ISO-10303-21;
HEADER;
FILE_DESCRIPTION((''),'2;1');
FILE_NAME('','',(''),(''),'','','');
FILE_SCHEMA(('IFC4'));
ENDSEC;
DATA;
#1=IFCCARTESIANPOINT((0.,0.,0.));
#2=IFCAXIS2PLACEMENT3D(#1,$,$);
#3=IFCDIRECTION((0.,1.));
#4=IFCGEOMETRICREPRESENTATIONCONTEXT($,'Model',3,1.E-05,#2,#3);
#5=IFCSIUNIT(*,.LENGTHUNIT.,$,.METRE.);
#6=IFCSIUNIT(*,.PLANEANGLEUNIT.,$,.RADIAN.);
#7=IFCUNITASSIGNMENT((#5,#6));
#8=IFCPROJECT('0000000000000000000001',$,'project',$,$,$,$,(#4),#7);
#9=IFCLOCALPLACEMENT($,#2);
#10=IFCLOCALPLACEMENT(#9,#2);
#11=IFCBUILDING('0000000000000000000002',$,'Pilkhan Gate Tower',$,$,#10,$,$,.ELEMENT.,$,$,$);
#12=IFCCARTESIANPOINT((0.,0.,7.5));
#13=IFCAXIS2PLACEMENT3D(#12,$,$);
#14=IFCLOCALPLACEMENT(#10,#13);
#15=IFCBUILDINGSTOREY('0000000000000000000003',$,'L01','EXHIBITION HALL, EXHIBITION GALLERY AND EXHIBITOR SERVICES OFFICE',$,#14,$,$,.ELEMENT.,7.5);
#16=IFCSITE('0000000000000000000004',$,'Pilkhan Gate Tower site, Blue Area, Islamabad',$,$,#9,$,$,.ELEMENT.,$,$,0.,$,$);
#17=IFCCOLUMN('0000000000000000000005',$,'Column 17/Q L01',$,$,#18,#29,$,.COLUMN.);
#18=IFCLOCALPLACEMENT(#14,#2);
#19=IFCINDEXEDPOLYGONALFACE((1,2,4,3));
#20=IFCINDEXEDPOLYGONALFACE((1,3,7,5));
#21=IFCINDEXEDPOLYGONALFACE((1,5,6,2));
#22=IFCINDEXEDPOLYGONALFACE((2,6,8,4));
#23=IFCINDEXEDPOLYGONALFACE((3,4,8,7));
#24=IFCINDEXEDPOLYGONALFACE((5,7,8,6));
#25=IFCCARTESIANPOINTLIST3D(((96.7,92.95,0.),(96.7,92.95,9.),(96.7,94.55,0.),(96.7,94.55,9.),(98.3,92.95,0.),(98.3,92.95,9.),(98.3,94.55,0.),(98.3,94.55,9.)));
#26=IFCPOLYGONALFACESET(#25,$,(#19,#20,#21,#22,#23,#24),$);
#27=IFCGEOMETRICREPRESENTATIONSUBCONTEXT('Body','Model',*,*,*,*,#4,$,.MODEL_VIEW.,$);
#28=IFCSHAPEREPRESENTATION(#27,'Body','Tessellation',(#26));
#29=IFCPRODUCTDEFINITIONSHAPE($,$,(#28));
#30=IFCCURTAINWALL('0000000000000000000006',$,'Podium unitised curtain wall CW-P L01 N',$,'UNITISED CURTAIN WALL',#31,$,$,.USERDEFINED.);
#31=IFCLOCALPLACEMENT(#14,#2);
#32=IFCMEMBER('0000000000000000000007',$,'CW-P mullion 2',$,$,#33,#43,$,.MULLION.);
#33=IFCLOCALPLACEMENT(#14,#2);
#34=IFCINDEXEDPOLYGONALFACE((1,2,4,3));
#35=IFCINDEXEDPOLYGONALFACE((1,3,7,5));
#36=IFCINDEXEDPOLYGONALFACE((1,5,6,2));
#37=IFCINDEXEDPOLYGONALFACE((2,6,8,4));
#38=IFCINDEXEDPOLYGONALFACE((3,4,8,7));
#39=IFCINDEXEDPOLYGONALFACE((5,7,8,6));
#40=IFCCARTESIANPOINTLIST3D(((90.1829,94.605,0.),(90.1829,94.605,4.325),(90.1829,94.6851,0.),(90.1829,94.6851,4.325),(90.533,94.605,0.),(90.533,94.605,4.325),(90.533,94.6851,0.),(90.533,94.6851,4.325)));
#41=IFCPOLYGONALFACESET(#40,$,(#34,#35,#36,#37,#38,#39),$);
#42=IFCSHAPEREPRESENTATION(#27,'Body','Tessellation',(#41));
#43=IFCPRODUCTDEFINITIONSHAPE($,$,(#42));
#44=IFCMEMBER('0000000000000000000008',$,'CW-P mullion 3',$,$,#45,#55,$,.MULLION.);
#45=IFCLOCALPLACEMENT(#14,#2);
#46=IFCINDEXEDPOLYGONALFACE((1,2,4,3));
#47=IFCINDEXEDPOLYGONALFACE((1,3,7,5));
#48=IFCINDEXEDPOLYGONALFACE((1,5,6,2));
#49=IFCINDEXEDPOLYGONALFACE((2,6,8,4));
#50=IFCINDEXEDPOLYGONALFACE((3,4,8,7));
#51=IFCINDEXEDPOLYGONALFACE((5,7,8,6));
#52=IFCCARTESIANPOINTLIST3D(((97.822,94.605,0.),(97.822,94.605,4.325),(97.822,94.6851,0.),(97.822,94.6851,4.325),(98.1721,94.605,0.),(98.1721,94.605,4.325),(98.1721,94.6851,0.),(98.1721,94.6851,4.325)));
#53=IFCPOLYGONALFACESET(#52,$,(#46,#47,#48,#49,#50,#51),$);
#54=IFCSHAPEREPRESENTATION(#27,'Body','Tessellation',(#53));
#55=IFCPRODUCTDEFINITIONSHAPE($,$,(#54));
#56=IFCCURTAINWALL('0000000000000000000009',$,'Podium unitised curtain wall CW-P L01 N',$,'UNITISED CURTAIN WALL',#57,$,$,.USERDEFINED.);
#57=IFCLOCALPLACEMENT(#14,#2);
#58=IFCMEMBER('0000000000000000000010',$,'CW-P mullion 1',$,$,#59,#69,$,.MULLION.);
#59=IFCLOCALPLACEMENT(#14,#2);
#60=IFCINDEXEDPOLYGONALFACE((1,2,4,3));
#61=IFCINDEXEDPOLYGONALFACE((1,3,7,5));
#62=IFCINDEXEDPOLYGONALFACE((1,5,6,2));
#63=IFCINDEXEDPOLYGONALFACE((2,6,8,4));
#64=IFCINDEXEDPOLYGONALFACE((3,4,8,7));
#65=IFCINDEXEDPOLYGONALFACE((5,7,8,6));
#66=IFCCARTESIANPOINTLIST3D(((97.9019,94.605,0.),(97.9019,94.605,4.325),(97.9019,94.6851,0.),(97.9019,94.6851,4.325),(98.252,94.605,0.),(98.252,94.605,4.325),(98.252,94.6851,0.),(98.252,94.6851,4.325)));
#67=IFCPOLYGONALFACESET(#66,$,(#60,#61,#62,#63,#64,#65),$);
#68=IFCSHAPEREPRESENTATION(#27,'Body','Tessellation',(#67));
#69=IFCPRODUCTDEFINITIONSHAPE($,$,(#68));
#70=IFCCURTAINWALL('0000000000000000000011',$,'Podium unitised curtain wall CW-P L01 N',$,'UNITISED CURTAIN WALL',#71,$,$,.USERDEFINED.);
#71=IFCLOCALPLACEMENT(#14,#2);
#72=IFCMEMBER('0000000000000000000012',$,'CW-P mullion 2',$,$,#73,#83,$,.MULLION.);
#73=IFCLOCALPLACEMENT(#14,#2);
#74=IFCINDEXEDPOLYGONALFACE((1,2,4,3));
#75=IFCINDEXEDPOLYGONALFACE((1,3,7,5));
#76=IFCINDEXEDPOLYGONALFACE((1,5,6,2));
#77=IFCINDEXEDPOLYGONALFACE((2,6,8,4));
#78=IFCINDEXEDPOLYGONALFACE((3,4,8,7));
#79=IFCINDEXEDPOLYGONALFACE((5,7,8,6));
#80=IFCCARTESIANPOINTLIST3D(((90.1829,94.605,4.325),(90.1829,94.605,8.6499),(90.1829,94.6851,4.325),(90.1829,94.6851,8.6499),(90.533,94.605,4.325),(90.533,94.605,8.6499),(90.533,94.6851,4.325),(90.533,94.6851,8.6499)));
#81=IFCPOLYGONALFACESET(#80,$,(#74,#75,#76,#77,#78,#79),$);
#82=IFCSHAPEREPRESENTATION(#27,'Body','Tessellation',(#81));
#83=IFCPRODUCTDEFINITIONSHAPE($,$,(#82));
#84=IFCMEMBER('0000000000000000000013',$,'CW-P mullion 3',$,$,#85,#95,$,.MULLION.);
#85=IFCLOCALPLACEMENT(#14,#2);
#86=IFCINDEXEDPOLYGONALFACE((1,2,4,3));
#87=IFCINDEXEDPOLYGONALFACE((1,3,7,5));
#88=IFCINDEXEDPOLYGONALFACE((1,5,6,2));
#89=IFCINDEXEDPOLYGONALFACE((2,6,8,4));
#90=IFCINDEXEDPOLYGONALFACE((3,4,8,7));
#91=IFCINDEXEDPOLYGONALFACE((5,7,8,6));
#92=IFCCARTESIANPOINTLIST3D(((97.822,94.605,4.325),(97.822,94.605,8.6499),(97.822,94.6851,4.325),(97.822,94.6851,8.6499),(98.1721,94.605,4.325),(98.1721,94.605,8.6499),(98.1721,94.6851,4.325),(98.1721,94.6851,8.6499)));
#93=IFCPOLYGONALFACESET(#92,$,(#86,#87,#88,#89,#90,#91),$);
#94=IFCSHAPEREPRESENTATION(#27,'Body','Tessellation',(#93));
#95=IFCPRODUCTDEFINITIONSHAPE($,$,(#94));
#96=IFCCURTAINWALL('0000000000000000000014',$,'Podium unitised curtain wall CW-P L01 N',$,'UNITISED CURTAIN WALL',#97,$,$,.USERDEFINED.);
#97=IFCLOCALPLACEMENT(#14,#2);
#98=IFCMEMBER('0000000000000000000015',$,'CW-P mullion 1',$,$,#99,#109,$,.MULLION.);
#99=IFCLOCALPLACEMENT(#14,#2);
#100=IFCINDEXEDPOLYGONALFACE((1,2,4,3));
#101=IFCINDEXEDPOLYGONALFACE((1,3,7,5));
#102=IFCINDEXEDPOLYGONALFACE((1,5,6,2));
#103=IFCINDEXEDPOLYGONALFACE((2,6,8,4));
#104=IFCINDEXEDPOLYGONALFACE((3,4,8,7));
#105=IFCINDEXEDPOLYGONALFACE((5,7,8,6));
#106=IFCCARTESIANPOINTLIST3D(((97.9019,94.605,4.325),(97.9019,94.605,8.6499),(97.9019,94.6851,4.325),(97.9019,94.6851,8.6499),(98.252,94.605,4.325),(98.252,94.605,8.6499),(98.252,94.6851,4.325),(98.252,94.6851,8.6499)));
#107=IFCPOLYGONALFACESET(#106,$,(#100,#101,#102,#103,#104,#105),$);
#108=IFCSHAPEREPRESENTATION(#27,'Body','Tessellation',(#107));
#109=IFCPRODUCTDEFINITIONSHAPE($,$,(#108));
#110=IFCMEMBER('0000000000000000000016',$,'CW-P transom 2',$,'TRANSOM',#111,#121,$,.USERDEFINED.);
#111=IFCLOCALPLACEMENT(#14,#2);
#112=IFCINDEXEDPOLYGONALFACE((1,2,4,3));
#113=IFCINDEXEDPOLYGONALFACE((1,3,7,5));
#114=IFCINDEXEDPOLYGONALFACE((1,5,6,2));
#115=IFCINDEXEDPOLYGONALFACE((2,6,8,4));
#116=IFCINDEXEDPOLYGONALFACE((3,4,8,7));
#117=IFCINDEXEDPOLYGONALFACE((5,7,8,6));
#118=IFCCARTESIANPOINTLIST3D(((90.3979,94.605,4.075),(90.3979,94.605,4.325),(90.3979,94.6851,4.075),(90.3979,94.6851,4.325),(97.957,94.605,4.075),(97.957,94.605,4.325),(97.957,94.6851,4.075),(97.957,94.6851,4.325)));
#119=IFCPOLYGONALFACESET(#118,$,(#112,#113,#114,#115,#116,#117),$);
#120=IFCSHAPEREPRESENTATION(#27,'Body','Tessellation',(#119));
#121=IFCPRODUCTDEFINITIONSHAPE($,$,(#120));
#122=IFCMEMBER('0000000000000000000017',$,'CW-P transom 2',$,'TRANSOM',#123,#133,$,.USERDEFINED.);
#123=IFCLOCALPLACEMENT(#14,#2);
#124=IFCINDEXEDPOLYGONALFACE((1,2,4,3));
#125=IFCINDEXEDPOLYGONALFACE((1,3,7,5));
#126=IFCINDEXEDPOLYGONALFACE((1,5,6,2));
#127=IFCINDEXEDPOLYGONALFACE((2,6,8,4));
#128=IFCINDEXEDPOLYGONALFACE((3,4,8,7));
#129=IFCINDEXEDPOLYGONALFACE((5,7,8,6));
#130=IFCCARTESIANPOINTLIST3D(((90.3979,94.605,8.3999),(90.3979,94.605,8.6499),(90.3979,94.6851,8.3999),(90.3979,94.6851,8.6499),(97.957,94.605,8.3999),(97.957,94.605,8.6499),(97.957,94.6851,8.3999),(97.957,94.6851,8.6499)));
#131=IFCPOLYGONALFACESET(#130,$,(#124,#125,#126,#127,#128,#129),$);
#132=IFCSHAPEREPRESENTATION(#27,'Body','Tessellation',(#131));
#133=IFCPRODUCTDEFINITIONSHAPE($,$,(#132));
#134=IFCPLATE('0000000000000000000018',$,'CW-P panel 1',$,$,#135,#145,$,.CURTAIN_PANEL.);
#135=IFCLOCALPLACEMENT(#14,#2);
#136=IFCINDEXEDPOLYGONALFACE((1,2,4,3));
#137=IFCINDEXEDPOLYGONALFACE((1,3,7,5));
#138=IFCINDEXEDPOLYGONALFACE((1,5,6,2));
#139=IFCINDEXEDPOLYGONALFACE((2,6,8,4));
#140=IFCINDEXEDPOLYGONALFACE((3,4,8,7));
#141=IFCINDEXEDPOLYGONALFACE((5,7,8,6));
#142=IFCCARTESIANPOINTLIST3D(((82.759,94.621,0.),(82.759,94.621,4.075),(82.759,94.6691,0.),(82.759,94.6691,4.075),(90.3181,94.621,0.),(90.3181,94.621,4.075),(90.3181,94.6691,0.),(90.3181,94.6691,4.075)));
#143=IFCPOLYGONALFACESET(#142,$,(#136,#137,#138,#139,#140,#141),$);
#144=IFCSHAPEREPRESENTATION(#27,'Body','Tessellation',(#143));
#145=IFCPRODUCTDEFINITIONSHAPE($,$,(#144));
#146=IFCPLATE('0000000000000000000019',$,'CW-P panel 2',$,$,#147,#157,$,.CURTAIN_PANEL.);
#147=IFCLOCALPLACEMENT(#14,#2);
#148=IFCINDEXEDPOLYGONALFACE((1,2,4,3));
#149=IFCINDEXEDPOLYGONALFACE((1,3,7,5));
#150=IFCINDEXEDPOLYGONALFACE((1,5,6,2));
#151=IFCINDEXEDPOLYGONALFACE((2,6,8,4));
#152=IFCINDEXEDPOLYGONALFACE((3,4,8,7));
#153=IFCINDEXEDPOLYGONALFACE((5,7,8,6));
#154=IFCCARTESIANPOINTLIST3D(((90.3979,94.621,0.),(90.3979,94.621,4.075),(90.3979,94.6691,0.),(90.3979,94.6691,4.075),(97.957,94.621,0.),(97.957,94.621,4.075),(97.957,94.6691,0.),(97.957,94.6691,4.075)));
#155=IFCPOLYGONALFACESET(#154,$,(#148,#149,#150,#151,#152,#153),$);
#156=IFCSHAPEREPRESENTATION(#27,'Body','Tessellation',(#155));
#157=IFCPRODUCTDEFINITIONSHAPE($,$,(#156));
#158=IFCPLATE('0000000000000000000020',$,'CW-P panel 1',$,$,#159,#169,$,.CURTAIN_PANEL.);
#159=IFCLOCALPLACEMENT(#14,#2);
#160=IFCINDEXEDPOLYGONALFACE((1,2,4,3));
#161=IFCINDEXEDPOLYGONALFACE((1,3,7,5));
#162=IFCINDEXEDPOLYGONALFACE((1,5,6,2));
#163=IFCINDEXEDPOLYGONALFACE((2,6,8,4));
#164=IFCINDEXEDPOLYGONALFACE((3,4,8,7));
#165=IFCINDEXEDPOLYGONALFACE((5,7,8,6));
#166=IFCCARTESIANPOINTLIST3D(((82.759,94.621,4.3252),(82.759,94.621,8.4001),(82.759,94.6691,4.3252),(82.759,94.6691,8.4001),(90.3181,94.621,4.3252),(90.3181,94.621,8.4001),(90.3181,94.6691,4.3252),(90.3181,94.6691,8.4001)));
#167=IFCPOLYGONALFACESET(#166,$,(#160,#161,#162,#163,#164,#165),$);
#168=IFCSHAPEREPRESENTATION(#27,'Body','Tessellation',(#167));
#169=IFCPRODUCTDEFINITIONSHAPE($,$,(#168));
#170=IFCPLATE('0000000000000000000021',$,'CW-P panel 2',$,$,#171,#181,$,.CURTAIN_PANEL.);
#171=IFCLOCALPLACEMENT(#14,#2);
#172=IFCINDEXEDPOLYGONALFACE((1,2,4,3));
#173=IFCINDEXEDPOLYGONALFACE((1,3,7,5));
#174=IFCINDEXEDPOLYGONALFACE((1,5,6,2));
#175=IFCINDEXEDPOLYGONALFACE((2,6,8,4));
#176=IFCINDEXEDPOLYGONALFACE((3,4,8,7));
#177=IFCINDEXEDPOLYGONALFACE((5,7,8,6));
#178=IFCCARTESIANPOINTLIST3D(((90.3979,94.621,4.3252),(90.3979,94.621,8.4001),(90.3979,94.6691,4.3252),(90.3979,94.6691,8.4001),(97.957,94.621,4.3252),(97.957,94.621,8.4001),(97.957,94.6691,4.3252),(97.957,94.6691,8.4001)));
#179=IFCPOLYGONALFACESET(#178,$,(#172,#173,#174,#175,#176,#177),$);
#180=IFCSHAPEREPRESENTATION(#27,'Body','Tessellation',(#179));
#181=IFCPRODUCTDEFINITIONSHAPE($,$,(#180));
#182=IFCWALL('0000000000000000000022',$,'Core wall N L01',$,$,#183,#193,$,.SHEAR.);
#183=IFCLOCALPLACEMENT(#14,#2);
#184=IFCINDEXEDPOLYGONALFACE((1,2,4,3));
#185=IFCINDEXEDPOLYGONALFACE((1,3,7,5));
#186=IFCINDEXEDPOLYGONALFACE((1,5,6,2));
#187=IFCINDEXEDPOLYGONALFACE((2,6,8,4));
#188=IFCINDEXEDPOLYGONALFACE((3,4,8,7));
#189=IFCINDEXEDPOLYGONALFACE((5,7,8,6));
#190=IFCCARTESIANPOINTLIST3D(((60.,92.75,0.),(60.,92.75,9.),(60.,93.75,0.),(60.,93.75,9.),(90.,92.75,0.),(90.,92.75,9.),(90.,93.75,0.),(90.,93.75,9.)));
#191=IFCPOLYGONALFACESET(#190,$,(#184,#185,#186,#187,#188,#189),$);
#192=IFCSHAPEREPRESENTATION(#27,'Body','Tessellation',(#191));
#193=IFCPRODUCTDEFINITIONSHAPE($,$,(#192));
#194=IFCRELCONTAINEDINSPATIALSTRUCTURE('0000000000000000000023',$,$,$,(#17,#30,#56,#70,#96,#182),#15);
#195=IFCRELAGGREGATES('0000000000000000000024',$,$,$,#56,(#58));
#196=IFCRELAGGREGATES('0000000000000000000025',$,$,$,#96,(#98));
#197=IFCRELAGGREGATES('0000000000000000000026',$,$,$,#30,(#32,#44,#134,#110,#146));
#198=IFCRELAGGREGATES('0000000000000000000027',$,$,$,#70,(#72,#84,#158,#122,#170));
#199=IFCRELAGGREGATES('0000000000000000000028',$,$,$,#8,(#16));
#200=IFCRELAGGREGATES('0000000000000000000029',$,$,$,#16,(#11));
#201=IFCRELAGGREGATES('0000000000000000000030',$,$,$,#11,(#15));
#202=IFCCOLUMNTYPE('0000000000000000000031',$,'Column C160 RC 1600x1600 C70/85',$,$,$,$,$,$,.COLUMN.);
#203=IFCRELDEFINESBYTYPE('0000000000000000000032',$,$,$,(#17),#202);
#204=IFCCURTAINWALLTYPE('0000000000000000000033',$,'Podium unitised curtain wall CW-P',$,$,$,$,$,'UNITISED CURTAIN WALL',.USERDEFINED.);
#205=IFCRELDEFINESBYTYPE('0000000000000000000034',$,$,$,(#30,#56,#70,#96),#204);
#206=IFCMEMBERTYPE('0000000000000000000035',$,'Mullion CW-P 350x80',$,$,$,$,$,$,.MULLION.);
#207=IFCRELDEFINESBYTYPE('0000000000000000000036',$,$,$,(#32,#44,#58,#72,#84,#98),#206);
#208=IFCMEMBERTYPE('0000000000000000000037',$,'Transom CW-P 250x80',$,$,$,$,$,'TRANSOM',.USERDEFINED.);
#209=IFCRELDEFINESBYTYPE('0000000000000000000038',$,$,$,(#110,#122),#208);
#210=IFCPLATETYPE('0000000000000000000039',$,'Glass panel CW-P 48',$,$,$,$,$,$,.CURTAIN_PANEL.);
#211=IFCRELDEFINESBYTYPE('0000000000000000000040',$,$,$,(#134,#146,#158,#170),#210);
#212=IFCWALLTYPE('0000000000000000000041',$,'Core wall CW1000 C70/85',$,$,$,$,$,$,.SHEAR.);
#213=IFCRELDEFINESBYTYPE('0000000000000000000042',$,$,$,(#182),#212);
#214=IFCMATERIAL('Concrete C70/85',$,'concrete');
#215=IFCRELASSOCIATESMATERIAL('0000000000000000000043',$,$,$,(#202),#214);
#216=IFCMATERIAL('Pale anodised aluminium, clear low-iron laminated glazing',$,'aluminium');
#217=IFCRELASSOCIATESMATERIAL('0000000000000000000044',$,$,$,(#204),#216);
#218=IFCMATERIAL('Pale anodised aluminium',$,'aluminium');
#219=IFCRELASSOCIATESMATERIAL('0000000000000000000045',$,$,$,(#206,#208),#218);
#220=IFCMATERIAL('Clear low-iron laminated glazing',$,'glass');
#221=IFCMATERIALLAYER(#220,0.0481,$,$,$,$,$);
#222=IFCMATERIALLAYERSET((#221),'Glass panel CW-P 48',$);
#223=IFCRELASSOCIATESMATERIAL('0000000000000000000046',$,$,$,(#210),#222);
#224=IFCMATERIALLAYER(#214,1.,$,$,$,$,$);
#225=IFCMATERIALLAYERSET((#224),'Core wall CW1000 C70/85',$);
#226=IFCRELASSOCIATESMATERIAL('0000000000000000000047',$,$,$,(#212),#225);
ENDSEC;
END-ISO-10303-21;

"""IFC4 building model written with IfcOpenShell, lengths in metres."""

from ifc_helpers import new_model, si_unit, direction, frame, frame_2d, origin, origin_2d, place, context, subcontext, project, spatial, rectangle, extrude, material, layer, layer_set, material_profile, profile_set, type_object, element, aggregate, save


model = new_model("IFC4")

# Units and contexts
model_context = context("Model", 3, precision=1e-05, world=origin(), true_north=direction((0.0, 1.0)))
body_context = subcontext(model_context, "Body", "Model", "MODEL_VIEW")
ifc_project = project(units=[si_unit("LENGTHUNIT", "METRE"), si_unit("PLANEANGLEUNIT", "RADIAN")], contexts=[model_context])

# Site, building, storey
site_placement = place(None, origin())
site = spatial("IfcSite", under=ifc_project, at=site_placement, Name="Pilkhan Gate Tower site, Blue Area, Islamabad", CompositionType="ELEMENT", RefElevation=0.0)
building_placement = place(site_placement, origin())
building = spatial("IfcBuilding", under=site, at=building_placement, Name="Pilkhan Gate Tower", CompositionType="ELEMENT")
storey_placement = place(building_placement, frame((0.0, 0.0, 7.5)))
storey = spatial("IfcBuildingStorey", under=building, at=storey_placement, Name="L01", Description="EXHIBITION HALL, EXHIBITION GALLERY AND EXHIBITOR SERVICES OFFICE", CompositionType="ELEMENT", Elevation=7.5)

# Column
ifc_material_1 = material(Name="Concrete C70/85", Category="concrete")
ifc_material_profile_1 = material_profile(ifc_material_1, rectangle(XDim=1.6001, YDim=1.6001, at=origin_2d()), Name="RC 1600x1600")
ifc_profile_set_1 = profile_set([ifc_material_profile_1], Name="Concrete C70/85")
column_type = type_object("IfcColumnType", Name="Column C160 RC 1600x1600 C70/85", PredefinedType="COLUMN", material=ifc_profile_set_1)
column_placement = place(storey_placement, frame((97.5, 93.75, 0.0), z_axis=(0.0, 0.0, 1.0), x_axis=(1.0, 0.0, 0.0)))
element("IfcColumn", 1, at=column_placement, inside=storey, type_object=column_type, Name="Column 17/Q L01", PredefinedType="COLUMN", context=body_context, shape_type="SweptSolid", body=[
    extrude(rectangle(XDim=1.6001, YDim=1.6001, at=origin_2d()), origin(), (0.0, 0.0, 1.0), 9.0),
])

# Curtain wall, members
ifc_material_2 = material(Name="Pale anodised aluminium, clear low-iron laminated glazing", Category="aluminium")
curtain_wall_type = type_object("IfcCurtainWallType", Name="Podium unitised curtain wall CW-P", ElementType="UNITISED CURTAIN WALL", PredefinedType="USERDEFINED", material=ifc_material_2)
curtain_wall_1_placement = place(storey_placement, origin())
curtain_wall_1 = element("IfcCurtainWall", 2, at=curtain_wall_1_placement, inside=storey, type_object=curtain_wall_type, Name="Podium unitised curtain wall CW-P L01 N", ObjectType="UNITISED CURTAIN WALL", PredefinedType="USERDEFINED")
ifc_material_3 = material(Name="Pale anodised aluminium", Category="aluminium")
ifc_material_profile_2 = material_profile(ifc_material_3, rectangle(XDim=0.0801, YDim=0.3501, at=origin_2d()), Name="Mullion 350x80")
ifc_profile_set_2 = profile_set([ifc_material_profile_2], Name="Pale anodised aluminium")
member_type_1 = type_object("IfcMemberType", Name="Mullion CW-P 350x80", PredefinedType="MULLION", material=ifc_profile_set_2)
member_1_placement = place(storey_placement, frame((90.3579, 94.645, 0.0), z_axis=(0.0, 0.0, 1.0), x_axis=(0.0, 1.0, 0.0)))
member_1 = element("IfcMember", 3, at=member_1_placement, type_object=member_type_1, Name="CW-P mullion 2", PredefinedType="MULLION", context=body_context, shape_type="SweptSolid", body=[
    extrude(rectangle(XDim=0.0801, YDim=0.3501, at=origin_2d()), origin(), (0.0, 0.0, 1.0), 4.325),
])
member_2_placement = place(storey_placement, frame((97.9971, 94.645, 0.0), z_axis=(0.0, 0.0, 1.0), x_axis=(0.0, 1.0, 0.0)))
member_2 = element("IfcMember", 4, at=member_2_placement, type_object=member_type_1, Name="CW-P mullion 3", PredefinedType="MULLION", context=body_context, shape_type="SweptSolid", body=[
    extrude(rectangle(XDim=0.0801, YDim=0.3501, at=origin_2d()), origin(), (0.0, 0.0, 1.0), 4.325),
])

# Curtain wall, member
curtain_wall_2_placement = place(storey_placement, origin())
curtain_wall_2 = element("IfcCurtainWall", 5, at=curtain_wall_2_placement, inside=storey, type_object=curtain_wall_type, Name="Podium unitised curtain wall CW-P L01 N", ObjectType="UNITISED CURTAIN WALL", PredefinedType="USERDEFINED")
member_3_placement = place(storey_placement, frame((98.0769, 94.645, 0.0), z_axis=(0.0, 0.0, 1.0), x_axis=(0.0, 1.0, 0.0)))
member_3 = element("IfcMember", 6, at=member_3_placement, type_object=member_type_1, Name="CW-P mullion 1", PredefinedType="MULLION", context=body_context, shape_type="SweptSolid", body=[
    extrude(rectangle(XDim=0.0801, YDim=0.3501, at=origin_2d()), origin(), (0.0, 0.0, 1.0), 4.325),
])
aggregate(curtain_wall_2, [member_3])

# Curtain wall, members
curtain_wall_3_placement = place(storey_placement, origin())
curtain_wall_3 = element("IfcCurtainWall", 7, at=curtain_wall_3_placement, inside=storey, type_object=curtain_wall_type, Name="Podium unitised curtain wall CW-P L01 N", ObjectType="UNITISED CURTAIN WALL", PredefinedType="USERDEFINED")
member_4_placement = place(storey_placement, frame((90.3579, 94.645, 4.325), z_axis=(0.0, 0.0, 1.0), x_axis=(0.0, 1.0, 0.0)))
member_4 = element("IfcMember", 8, at=member_4_placement, type_object=member_type_1, Name="CW-P mullion 2", PredefinedType="MULLION", context=body_context, shape_type="SweptSolid", body=[
    extrude(rectangle(XDim=0.0801, YDim=0.3501, at=origin_2d()), origin(), (0.0, 0.0, 1.0), 4.325),
])
member_5_placement = place(storey_placement, frame((97.9971, 94.645, 4.325), z_axis=(0.0, 0.0, 1.0), x_axis=(0.0, 1.0, 0.0)))
member_5 = element("IfcMember", 9, at=member_5_placement, type_object=member_type_1, Name="CW-P mullion 3", PredefinedType="MULLION", context=body_context, shape_type="SweptSolid", body=[
    extrude(rectangle(XDim=0.0801, YDim=0.3501, at=origin_2d()), origin(), (0.0, 0.0, 1.0), 4.325),
])

# Curtain wall, member
curtain_wall_4_placement = place(storey_placement, origin())
curtain_wall_4 = element("IfcCurtainWall", 10, at=curtain_wall_4_placement, inside=storey, type_object=curtain_wall_type, Name="Podium unitised curtain wall CW-P L01 N", ObjectType="UNITISED CURTAIN WALL", PredefinedType="USERDEFINED")
member_6_placement = place(storey_placement, frame((98.0769, 94.645, 4.325), z_axis=(0.0, 0.0, 1.0), x_axis=(0.0, 1.0, 0.0)))
member_6 = element("IfcMember", 11, at=member_6_placement, type_object=member_type_1, Name="CW-P mullion 1", PredefinedType="MULLION", context=body_context, shape_type="SweptSolid", body=[
    extrude(rectangle(XDim=0.0801, YDim=0.3501, at=origin_2d()), origin(), (0.0, 0.0, 1.0), 4.325),
])
aggregate(curtain_wall_4, [member_6])

# Members
ifc_material_profile_3 = material_profile(ifc_material_3, rectangle(XDim=0.0801, YDim=0.25, at=origin_2d()), Name="Transom 250x80")
ifc_profile_set_3 = profile_set([ifc_material_profile_3], Name="Pale anodised aluminium")
member_type_2 = type_object("IfcMemberType", Name="Transom CW-P 250x80", ElementType="TRANSOM", PredefinedType="USERDEFINED", material=ifc_profile_set_3)
member_7_placement = place(storey_placement, frame((90.3979, 94.645, 4.2), z_axis=(1.0, 0.0, 0.0), x_axis=(0.0, 1.0, 0.0)))
member_7 = element("IfcMember", 12, at=member_7_placement, type_object=member_type_2, Name="CW-P transom 2", ObjectType="TRANSOM", PredefinedType="USERDEFINED", context=body_context, shape_type="SweptSolid", body=[
    extrude(rectangle(XDim=0.0801, YDim=0.25, at=origin_2d()), origin(), (0.0, 0.0, 1.0), 7.5591),
])
member_8_placement = place(storey_placement, frame((90.3979, 94.645, 8.5249), z_axis=(1.0, 0.0, 0.0), x_axis=(0.0, 1.0, 0.0)))
member_8 = element("IfcMember", 13, at=member_8_placement, type_object=member_type_2, Name="CW-P transom 2", ObjectType="TRANSOM", PredefinedType="USERDEFINED", context=body_context, shape_type="SweptSolid", body=[
    extrude(rectangle(XDim=0.0801, YDim=0.25, at=origin_2d()), origin(), (0.0, 0.0, 1.0), 7.5591),
])

# Plates
ifc_material_4 = material(Name="Clear low-iron laminated glazing", Category="glass")
ifc_layer_1 = layer(ifc_material_4, 0.0481)
ifc_layer_set_1 = layer_set([ifc_layer_1], Name="Glass panel CW-P 48")
plate_type = type_object("IfcPlateType", Name="Glass panel CW-P 48", PredefinedType="CURTAIN_PANEL", material=ifc_layer_set_1)
plate_1_placement = place(storey_placement, frame((86.5386, 94.645, 0.0), z_axis=(0.0, 0.0, 1.0), x_axis=(1.0, 0.0, 0.0)))
plate_1 = element("IfcPlate", 14, at=plate_1_placement, type_object=plate_type, Name="CW-P panel 1", PredefinedType="CURTAIN_PANEL", context=body_context, shape_type="SweptSolid", body=[
    extrude(rectangle(XDim=7.5591, YDim=0.0481, at=origin_2d()), origin(), (0.0, 0.0, 1.0), 4.075),
])
plate_2_placement = place(storey_placement, frame((94.1775, 94.645, 0.0), z_axis=(0.0, 0.0, 1.0), x_axis=(1.0, 0.0, 0.0)))
plate_2 = element("IfcPlate", 15, at=plate_2_placement, type_object=plate_type, Name="CW-P panel 2", PredefinedType="CURTAIN_PANEL", context=body_context, shape_type="SweptSolid", body=[
    extrude(rectangle(XDim=7.5591, YDim=0.0481, at=origin_2d()), origin(), (0.0, 0.0, 1.0), 4.075),
])
aggregate(curtain_wall_1, [member_1, member_2, plate_1, member_7, plate_2])
plate_3_placement = place(storey_placement, frame((86.5386, 94.645, 4.3252), z_axis=(0.0, 0.0, 1.0), x_axis=(1.0, 0.0, 0.0)))
plate_3 = element("IfcPlate", 16, at=plate_3_placement, type_object=plate_type, Name="CW-P panel 1", PredefinedType="CURTAIN_PANEL", context=body_context, shape_type="SweptSolid", body=[
    extrude(rectangle(XDim=7.5591, YDim=0.0481, at=origin_2d()), origin(), (0.0, 0.0, 1.0), 4.075),
])
plate_4_placement = place(storey_placement, frame((94.1775, 94.645, 4.3252), z_axis=(0.0, 0.0, 1.0), x_axis=(1.0, 0.0, 0.0)))
plate_4 = element("IfcPlate", 17, at=plate_4_placement, type_object=plate_type, Name="CW-P panel 2", PredefinedType="CURTAIN_PANEL", context=body_context, shape_type="SweptSolid", body=[
    extrude(rectangle(XDim=7.5591, YDim=0.0481, at=origin_2d()), origin(), (0.0, 0.0, 1.0), 4.075),
])
aggregate(curtain_wall_3, [member_4, member_5, plate_3, member_8, plate_4])

# Wall
ifc_layer_2 = layer(ifc_material_1, 1.0)
ifc_layer_set_2 = layer_set([ifc_layer_2], Name="Core wall CW1000 C70/85")
wall_type_1 = type_object("IfcWallType", Name="Core wall CW1000 C70/85", PredefinedType="SHEAR", material=ifc_layer_set_2)
wall_1_placement = place(storey_placement, frame((90.0, 93.25, 0.0), z_axis=(0.0, 0.0, 1.0), x_axis=(-1.0, 0.0, 0.0)))
element("IfcWall", 18, at=wall_1_placement, inside=storey, type_object=wall_type_1, Name="Core wall N L01", PredefinedType="SHEAR", context=body_context, shape_type="SweptSolid", body=[
    extrude(rectangle(XDim=30.0, YDim=1.0, at=frame_2d((15.0, 0.0))), origin(), (0.0, 0.0, 1.0), 9.0),
])

save(model, "model.ifc")
